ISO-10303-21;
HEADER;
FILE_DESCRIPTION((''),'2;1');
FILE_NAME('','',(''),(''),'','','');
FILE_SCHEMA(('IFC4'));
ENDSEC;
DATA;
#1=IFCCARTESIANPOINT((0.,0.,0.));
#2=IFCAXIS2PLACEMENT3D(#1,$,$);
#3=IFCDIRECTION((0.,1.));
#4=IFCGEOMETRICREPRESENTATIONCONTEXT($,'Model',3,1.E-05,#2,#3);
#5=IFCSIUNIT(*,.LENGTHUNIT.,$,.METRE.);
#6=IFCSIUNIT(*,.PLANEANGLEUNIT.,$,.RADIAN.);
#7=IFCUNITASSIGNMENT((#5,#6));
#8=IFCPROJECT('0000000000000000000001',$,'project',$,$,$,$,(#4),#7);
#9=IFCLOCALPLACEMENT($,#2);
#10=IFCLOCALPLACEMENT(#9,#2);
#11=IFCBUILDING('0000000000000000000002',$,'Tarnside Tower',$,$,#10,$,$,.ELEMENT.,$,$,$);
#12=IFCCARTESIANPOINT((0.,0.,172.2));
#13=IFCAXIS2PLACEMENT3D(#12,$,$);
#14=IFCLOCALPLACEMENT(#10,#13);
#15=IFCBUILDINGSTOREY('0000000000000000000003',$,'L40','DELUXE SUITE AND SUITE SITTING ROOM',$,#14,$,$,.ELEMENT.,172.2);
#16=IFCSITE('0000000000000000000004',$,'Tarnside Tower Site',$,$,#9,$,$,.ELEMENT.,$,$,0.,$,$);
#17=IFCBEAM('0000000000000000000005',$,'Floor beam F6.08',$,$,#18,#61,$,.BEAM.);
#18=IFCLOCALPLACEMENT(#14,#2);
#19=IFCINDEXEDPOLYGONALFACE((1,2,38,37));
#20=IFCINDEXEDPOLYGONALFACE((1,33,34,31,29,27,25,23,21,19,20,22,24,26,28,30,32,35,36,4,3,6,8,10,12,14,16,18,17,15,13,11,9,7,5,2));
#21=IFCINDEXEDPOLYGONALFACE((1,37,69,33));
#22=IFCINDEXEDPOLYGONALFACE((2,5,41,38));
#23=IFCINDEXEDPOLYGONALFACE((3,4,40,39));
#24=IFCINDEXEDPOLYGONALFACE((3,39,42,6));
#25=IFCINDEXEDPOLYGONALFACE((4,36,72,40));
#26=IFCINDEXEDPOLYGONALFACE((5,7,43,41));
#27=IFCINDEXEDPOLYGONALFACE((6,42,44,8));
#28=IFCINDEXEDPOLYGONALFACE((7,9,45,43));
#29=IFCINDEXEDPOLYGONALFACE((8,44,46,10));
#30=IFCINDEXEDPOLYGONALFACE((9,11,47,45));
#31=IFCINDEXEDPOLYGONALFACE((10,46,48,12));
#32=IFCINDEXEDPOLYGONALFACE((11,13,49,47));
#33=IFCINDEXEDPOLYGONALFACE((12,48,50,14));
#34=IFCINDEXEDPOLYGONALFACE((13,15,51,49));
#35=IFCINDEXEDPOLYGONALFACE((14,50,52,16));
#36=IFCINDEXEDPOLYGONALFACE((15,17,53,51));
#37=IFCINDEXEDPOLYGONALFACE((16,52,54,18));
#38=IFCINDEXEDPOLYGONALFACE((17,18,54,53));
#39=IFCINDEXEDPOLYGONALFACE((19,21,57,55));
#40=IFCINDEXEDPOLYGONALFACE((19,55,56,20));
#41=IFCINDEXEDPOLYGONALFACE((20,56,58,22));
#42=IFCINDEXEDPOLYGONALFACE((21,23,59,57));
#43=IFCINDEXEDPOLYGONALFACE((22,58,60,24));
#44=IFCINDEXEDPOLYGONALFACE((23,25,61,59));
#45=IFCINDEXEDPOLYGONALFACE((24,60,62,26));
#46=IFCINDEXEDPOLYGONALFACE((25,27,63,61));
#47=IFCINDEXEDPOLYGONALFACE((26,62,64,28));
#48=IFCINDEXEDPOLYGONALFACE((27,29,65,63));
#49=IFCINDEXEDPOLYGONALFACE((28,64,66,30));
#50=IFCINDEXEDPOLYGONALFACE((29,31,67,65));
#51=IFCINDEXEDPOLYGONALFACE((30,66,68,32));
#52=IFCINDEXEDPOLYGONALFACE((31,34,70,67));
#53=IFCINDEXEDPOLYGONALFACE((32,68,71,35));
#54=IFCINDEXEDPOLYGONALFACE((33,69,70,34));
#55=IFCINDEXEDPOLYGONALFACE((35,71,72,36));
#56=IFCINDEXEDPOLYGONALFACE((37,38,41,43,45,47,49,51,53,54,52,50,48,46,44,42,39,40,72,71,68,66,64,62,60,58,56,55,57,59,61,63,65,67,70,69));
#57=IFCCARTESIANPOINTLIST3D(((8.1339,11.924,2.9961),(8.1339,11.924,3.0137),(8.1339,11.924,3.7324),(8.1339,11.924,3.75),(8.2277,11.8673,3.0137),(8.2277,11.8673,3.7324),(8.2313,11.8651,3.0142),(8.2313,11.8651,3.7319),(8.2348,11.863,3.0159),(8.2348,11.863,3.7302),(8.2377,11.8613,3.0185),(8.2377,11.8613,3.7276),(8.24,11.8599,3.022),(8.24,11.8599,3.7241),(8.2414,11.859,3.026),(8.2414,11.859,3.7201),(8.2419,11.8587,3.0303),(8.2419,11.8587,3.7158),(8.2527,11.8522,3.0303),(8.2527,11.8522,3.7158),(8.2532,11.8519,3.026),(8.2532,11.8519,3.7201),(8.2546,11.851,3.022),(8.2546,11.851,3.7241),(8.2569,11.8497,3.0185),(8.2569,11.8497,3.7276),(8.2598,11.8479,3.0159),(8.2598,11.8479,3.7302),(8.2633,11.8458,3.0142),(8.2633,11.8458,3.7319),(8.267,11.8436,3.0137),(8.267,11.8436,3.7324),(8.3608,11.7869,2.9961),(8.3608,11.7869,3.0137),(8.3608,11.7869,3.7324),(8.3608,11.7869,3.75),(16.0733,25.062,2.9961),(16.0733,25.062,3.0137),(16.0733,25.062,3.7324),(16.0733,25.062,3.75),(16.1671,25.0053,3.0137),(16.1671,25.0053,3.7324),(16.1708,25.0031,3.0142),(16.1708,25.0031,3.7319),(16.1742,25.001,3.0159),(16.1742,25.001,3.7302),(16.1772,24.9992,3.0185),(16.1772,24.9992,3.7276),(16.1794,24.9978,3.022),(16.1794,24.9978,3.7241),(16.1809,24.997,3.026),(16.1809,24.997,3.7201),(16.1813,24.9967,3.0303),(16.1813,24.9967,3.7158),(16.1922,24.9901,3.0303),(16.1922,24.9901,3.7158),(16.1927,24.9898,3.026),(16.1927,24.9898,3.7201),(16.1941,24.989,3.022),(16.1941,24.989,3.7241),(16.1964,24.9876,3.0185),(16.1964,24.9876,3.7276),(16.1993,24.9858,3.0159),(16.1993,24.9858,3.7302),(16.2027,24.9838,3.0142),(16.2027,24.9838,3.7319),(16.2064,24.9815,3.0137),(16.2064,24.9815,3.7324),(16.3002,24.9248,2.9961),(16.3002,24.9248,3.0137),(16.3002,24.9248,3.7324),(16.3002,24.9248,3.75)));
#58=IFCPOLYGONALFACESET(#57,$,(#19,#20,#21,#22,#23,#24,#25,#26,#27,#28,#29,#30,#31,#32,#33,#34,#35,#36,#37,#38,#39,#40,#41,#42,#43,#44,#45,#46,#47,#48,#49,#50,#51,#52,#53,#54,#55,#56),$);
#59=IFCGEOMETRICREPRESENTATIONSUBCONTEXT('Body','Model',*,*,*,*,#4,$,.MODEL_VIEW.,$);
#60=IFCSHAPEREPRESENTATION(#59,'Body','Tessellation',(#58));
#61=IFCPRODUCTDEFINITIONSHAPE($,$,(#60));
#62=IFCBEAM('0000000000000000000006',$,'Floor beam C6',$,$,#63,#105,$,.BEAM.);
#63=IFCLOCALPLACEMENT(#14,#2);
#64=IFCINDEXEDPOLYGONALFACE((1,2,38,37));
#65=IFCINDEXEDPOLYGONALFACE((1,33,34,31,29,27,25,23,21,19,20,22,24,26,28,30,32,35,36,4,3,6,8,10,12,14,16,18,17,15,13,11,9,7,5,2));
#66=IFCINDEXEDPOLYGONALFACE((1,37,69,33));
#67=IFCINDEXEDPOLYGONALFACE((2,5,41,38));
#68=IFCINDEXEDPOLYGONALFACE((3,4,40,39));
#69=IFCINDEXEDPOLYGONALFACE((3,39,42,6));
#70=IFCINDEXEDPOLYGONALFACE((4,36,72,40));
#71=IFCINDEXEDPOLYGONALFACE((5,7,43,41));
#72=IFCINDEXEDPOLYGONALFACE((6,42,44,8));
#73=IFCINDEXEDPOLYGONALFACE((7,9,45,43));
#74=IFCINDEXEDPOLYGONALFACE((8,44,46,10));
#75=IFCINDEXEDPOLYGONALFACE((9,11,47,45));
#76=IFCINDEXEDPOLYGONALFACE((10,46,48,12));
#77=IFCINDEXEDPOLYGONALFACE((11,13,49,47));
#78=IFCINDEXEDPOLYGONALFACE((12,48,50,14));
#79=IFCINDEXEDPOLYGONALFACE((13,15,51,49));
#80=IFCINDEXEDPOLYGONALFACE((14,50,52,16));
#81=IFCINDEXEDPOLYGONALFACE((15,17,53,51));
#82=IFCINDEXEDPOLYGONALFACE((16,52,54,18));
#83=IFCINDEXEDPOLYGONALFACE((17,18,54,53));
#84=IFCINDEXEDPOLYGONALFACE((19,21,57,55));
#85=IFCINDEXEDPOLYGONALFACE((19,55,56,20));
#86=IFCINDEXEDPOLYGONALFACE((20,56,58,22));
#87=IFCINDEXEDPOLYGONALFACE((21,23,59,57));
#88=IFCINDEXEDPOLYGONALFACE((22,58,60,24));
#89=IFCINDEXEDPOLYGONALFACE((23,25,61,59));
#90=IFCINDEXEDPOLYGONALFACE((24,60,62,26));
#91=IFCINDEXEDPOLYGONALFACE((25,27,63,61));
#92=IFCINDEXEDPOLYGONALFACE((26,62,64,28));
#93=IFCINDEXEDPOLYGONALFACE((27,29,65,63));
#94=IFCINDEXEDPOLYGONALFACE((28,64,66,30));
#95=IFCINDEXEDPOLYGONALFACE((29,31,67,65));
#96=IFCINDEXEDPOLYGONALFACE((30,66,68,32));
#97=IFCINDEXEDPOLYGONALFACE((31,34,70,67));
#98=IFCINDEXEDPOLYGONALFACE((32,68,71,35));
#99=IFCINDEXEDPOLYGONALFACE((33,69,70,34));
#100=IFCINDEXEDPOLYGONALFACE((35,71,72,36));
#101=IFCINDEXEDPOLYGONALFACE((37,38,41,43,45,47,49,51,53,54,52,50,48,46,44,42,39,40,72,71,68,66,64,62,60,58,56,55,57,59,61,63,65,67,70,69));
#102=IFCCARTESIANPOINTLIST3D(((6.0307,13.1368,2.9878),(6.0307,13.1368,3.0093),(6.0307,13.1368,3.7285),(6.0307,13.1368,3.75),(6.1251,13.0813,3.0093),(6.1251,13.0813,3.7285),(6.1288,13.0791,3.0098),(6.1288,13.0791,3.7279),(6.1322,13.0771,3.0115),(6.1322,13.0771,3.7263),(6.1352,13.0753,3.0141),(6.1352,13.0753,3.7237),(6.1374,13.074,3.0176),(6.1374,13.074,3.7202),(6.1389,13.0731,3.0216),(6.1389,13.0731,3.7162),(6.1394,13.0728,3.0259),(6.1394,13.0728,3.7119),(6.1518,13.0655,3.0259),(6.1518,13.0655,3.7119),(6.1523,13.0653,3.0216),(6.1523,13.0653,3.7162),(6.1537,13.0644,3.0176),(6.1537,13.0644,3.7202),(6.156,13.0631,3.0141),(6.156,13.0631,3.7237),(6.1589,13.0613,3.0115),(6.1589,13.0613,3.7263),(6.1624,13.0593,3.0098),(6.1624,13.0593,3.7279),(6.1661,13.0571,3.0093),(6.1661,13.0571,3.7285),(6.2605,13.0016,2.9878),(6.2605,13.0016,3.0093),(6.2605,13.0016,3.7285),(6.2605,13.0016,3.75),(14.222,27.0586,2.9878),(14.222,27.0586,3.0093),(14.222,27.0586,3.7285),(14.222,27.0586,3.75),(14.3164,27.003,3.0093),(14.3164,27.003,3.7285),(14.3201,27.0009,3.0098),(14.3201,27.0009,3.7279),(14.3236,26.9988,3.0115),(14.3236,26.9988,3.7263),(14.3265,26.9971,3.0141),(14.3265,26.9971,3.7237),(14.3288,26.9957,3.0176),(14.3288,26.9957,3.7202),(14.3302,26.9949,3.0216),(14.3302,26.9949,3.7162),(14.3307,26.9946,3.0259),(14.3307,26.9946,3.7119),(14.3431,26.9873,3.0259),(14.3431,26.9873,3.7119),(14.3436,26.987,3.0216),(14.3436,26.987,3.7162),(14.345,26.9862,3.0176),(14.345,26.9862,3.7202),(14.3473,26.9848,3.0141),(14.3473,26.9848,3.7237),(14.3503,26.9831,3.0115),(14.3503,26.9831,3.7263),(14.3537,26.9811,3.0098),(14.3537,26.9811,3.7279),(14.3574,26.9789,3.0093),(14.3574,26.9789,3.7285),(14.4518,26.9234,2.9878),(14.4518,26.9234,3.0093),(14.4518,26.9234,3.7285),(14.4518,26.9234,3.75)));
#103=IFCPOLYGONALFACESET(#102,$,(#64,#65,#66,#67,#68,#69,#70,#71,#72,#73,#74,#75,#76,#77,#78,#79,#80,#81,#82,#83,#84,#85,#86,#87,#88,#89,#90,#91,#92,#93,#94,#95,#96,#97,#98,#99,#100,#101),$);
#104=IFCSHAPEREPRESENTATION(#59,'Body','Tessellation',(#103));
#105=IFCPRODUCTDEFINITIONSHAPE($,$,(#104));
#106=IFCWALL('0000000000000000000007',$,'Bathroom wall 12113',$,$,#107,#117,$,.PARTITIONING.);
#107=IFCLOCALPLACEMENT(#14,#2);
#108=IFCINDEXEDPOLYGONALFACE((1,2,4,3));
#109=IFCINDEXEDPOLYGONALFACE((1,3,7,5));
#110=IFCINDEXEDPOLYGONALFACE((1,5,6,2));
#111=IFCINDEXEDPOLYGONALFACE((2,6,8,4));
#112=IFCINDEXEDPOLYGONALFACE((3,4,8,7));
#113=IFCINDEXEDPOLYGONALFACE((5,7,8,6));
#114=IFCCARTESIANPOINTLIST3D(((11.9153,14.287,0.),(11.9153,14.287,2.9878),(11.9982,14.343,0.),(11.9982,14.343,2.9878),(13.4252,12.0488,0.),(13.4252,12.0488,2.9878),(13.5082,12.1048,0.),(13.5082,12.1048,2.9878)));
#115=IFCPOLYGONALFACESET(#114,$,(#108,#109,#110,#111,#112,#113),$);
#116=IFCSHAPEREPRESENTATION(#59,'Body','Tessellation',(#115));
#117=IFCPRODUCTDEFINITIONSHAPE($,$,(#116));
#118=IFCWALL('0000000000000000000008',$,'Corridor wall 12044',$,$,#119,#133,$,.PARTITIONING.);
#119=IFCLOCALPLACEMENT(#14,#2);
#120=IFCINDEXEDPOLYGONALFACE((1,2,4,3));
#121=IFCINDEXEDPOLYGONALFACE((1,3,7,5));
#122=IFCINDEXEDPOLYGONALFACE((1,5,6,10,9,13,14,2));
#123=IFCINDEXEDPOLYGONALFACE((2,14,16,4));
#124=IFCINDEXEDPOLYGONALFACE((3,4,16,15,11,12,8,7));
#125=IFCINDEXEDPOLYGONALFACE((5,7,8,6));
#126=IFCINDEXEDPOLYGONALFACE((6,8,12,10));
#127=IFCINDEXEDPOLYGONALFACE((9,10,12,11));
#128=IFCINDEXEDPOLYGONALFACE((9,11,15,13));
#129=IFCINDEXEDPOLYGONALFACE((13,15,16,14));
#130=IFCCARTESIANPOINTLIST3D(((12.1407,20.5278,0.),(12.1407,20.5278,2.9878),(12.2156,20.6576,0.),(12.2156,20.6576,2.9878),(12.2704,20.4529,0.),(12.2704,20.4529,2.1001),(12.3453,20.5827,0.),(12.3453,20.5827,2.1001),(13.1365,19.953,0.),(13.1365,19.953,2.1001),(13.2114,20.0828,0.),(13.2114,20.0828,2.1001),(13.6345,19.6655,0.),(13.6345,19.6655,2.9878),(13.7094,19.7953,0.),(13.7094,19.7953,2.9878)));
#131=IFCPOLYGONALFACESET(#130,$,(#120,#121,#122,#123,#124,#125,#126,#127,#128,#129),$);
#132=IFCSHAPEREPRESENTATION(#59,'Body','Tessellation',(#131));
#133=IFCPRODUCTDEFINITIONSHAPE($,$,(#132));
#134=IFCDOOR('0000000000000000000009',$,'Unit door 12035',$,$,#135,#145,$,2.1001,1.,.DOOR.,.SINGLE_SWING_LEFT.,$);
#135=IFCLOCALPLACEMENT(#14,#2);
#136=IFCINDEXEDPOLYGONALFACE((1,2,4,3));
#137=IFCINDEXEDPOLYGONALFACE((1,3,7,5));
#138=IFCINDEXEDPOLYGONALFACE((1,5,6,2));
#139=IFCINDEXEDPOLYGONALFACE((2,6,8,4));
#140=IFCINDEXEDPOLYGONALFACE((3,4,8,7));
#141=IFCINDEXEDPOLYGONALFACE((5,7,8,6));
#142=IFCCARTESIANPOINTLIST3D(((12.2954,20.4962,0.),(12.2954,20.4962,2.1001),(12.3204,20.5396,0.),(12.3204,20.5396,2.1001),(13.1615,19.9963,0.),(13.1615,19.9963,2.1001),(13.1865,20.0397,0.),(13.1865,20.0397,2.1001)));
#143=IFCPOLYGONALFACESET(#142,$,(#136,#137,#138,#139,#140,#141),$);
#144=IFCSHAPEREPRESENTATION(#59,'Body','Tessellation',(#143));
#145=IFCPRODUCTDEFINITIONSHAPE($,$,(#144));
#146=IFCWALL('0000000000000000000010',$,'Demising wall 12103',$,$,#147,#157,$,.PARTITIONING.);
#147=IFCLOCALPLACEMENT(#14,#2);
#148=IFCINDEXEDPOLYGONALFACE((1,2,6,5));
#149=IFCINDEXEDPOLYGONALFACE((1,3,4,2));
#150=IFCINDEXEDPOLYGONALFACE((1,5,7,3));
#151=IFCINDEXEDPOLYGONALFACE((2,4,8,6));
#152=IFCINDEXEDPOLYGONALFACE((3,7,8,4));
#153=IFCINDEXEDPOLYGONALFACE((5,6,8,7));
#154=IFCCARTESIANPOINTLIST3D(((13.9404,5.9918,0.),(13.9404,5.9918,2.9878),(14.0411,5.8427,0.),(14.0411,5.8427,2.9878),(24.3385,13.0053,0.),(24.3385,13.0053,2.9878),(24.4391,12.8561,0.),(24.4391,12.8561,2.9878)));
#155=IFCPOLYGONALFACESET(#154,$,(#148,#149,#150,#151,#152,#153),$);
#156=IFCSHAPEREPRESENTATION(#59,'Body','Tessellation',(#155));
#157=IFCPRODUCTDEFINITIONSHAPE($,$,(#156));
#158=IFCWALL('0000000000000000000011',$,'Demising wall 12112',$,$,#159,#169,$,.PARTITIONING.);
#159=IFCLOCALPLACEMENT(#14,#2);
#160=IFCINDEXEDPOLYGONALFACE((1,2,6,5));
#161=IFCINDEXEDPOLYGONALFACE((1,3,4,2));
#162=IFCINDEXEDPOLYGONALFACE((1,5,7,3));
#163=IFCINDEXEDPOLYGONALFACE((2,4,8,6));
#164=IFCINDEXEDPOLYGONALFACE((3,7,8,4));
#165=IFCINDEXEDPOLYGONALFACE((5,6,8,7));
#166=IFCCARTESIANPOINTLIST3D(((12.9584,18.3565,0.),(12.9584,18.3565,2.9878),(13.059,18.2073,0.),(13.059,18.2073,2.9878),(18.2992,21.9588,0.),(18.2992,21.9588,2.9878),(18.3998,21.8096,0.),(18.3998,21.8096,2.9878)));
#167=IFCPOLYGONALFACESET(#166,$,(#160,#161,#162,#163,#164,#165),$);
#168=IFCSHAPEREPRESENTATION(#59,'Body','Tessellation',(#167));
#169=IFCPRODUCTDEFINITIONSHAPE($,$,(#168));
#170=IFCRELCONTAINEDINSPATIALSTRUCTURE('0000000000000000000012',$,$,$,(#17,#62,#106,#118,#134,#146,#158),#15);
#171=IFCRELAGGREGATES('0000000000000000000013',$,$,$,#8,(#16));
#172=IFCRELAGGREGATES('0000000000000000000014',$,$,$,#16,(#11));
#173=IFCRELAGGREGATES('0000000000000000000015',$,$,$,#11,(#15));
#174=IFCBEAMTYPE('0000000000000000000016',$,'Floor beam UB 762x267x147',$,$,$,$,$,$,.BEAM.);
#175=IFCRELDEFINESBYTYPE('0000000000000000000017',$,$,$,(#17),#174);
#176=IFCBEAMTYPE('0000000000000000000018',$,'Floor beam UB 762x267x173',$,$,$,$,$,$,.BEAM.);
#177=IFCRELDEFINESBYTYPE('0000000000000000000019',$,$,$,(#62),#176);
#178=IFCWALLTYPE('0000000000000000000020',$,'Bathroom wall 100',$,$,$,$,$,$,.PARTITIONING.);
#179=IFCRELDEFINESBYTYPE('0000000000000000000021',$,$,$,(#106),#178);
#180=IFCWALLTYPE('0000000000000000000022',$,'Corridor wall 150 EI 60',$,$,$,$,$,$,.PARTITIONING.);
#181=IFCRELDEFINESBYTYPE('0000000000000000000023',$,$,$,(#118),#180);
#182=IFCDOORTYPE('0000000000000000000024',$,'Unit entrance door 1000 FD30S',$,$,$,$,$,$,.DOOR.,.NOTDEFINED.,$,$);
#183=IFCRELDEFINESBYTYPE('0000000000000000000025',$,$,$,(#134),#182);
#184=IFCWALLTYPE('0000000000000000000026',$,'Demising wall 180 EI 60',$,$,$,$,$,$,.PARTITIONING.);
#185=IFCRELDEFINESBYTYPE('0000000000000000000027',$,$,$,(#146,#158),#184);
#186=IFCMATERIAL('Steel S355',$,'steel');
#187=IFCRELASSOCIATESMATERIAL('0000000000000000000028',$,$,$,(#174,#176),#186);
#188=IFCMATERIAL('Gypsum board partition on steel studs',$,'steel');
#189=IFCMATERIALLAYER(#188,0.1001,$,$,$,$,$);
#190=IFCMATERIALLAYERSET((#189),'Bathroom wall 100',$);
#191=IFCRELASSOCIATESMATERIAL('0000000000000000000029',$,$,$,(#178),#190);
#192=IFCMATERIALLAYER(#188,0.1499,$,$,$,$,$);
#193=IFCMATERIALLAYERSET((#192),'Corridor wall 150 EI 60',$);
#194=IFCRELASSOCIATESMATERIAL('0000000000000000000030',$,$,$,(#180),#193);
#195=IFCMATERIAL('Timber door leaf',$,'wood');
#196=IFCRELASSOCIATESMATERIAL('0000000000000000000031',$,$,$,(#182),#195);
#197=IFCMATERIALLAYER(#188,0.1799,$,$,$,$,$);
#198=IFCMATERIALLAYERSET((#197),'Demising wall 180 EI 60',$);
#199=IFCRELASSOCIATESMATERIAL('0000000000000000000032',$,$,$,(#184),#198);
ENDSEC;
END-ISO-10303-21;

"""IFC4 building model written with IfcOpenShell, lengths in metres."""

from ifc_helpers import new_model, si_unit, direction, frame, frame_2d, origin, origin_2d, place, context, subcontext, project, spatial, rectangle, i_section, extrude, material, layer, layer_set, material_profile, profile_set, type_object, element, fill, save


model = new_model("IFC4")

# Units and contexts
model_context = context("Model", 3, precision=1e-05, world=origin(), true_north=direction((0.0, 1.0)))
body_context = subcontext(model_context, "Body", "Model", "MODEL_VIEW")
ifc_project = project(units=[si_unit("LENGTHUNIT", "METRE"), si_unit("PLANEANGLEUNIT", "RADIAN")], contexts=[model_context])

# Site, building, storey
site_placement = place(None, origin())
site = spatial("IfcSite", under=ifc_project, at=site_placement, Name="Tarnside Tower Site", CompositionType="ELEMENT", RefElevation=0.0)
building_placement = place(site_placement, origin())
building = spatial("IfcBuilding", under=site, at=building_placement, Name="Tarnside Tower", CompositionType="ELEMENT")
storey_placement = place(building_placement, frame((0.0, 0.0, 172.2)))
storey = spatial("IfcBuildingStorey", under=building, at=storey_placement, Name="L40", Description="DELUXE SUITE AND SUITE SITTING ROOM", CompositionType="ELEMENT", Elevation=172.2)

# Beams
ifc_material_1 = material(Name="Steel S355", Category="steel")
ifc_material_profile_1 = material_profile(ifc_material_1, i_section(OverallWidth=0.2651, OverallDepth=0.7539, WebThickness=0.0127, FlangeThickness=0.0176, FilletRadius=0.0166, at=origin_2d()), Name="UB 762x267x147")
ifc_profile_set_1 = profile_set([ifc_material_profile_1], Name="Steel S355")
beam_type_1 = type_object("IfcBeamType", Name="Floor beam UB 762x267x147", PredefinedType="BEAM", material=ifc_profile_set_1)
beam_1_placement = place(storey_placement, frame((16.1868, 24.9934, 3.373), z_axis=(-0.517209, -0.855859, 0.0), x_axis=(0.855859, -0.517209, 0.0)))
element("IfcBeam", 1, at=beam_1_placement, inside=storey, type_object=beam_type_1, Name="Floor beam F6.08", PredefinedType="BEAM", context=body_context, shape_type="SweptSolid", body=[
    extrude(i_section(OverallWidth=0.2651, OverallDepth=0.7539, WebThickness=0.0127, FlangeThickness=0.0176, FilletRadius=0.0166, at=origin_2d()), origin(), (0.0, 0.0, 1.0), 15.3506),
])
ifc_material_profile_2 = material_profile(ifc_material_1, i_section(OverallWidth=0.2666, OverallDepth=0.7622, WebThickness=0.0144, FlangeThickness=0.0215, FilletRadius=0.0166, at=origin_2d()), Name="UB 762x267x173")
ifc_profile_set_2 = profile_set([ifc_material_profile_2], Name="Steel S355")
beam_type_2 = type_object("IfcBeamType", Name="Floor beam UB 762x267x173", PredefinedType="BEAM", material=ifc_profile_set_2)
beam_2_placement = place(storey_placement, frame((14.3369, 26.991, 3.3689), z_axis=(-0.507115, -0.861878, 0.0), x_axis=(0.861878, -0.507115, 0.0)))
element("IfcBeam", 2, at=beam_2_placement, inside=storey, type_object=beam_type_2, Name="Floor beam C6", PredefinedType="BEAM", context=body_context, shape_type="SweptSolid", body=[
    extrude(i_section(OverallWidth=0.2666, OverallDepth=0.7622, WebThickness=0.0144, FlangeThickness=0.0215, FilletRadius=0.0166, at=origin_2d()), origin(), (0.0, 0.0, 1.0), 16.1528),
])

# Wall
ifc_material_2 = material(Name="Gypsum board partition on steel studs", Category="steel")
ifc_layer_1 = layer(ifc_material_2, 0.1001)
ifc_layer_set_1 = layer_set([ifc_layer_1], Name="Bathroom wall 100")
wall_type_1 = type_object("IfcWallType", Name="Bathroom wall 100", PredefinedType="PARTITIONING", material=ifc_layer_set_1)
wall_1_placement = place(storey_placement, frame((13.4668, 12.0767, 0.0), z_axis=(0.0, 0.0, 1.0), x_axis=(-0.559262, 0.828991, 0.0)))
element("IfcWall", 3, at=wall_1_placement, inside=storey, type_object=wall_type_1, Name="Bathroom wall 12113", PredefinedType="PARTITIONING", context=body_context, shape_type="SweptSolid", body=[
    extrude(rectangle(XDim=2.7, YDim=0.1001, at=frame_2d((1.3501, 0.0))), origin(), (0.0, 0.0, 1.0), 2.9878),
])

# Wall, opening, door
ifc_layer_2 = layer(ifc_material_2, 0.1499)
ifc_layer_set_2 = layer_set([ifc_layer_2], Name="Corridor wall 150 EI 60")
wall_type_2 = type_object("IfcWallType", Name="Corridor wall 150 EI 60", PredefinedType="PARTITIONING", material=ifc_layer_set_2)
wall_2_placement = place(storey_placement, frame((13.6719, 19.7305, 0.0), z_axis=(0.0, 0.0, 1.0), x_axis=(-0.866075, 0.499914, 0.0)))
wall_2 = element("IfcWall", 4, at=wall_2_placement, inside=storey, type_object=wall_type_2, Name="Corridor wall 12044", PredefinedType="PARTITIONING", context=body_context, shape_type="SweptSolid", body=[
    extrude(rectangle(XDim=1.7249, YDim=0.1499, at=frame_2d((0.8623, 0.0))), origin(), (0.0, 0.0, 1.0), 2.9878),
])
opening_1_placement = place(wall_2_placement, frame((0.575, 0.0, 0.0)))
opening_1 = element("IfcOpeningElement", 5, at=opening_1_placement, cuts=wall_2, PredefinedType="OPENING", context=body_context, shape_type="SweptSolid", body=[
    extrude(rectangle(XDim=1.0, YDim=2.1001, at=frame_2d((0.5, 1.05))), frame((0.0, 0.085, 0.0), z_axis=(0.0, -1.0, 0.0), x_axis=(1.0, 0.0, 0.0)), (0.0, 0.0, 1.0), 0.1699),
])
ifc_material_3 = material(Name="Timber door leaf", Category="wood")
door_type_1 = type_object("IfcDoorType", Name="Unit entrance door 1000 FD30S", OperationType="NOTDEFINED", PredefinedType="DOOR", material=ifc_material_3)
door_1_placement = place(opening_1_placement, origin())
door_1 = element("IfcDoor", 6, at=door_1_placement, inside=storey, type_object=door_type_1, Name="Unit door 12035", OperationType="SINGLE_SWING_LEFT", OverallHeight=2.1001, OverallWidth=1.0, PredefinedType="DOOR", context=body_context, shape_type="SweptSolid", body=[
    extrude(rectangle(XDim=1.0, YDim=2.1001, at=frame_2d((0.5, 1.05))), frame((0.0, 0.0249, 0.0), z_axis=(0.0, -1.0, 0.0), x_axis=(1.0, 0.0, 0.0)), (0.0, 0.0, 1.0), 0.05),
])
fill(opening_1, door_1)

# Walls
ifc_layer_3 = layer(ifc_material_2, 0.1799)
ifc_layer_set_3 = layer_set([ifc_layer_3], Name="Demising wall 180 EI 60")
wall_type_3 = type_object("IfcWallType", Name="Demising wall 180 EI 60", PredefinedType="PARTITIONING", material=ifc_layer_set_3)
wall_3_placement = place(storey_placement, frame((24.3887, 12.9307, 0.0), z_axis=(0.0, 0.0, 1.0), x_axis=(-0.82904, -0.559189, 0.0)))
element("IfcWall", 7, at=wall_3_placement, inside=storey, type_object=wall_type_3, Name="Demising wall 12103", PredefinedType="PARTITIONING", context=body_context, shape_type="SweptSolid", body=[
    extrude(rectangle(XDim=12.5422, YDim=0.1799, at=frame_2d((6.271, 0.0))), origin(), (0.0, 0.0, 1.0), 2.9878),
])
wall_4_placement = place(storey_placement, frame((18.3496, 21.8843, 0.0), z_axis=(0.0, 0.0, 1.0), x_axis=(-0.829047, -0.559179, 0.0)))
element("IfcWall", 8, at=wall_4_placement, inside=storey, type_object=wall_type_3, Name="Demising wall 12112", PredefinedType="PARTITIONING", context=body_context, shape_type="SweptSolid", body=[
    extrude(rectangle(XDim=6.4421, YDim=0.1799, at=frame_2d((3.2212, 0.0))), origin(), (0.0, 0.0, 1.0), 2.9878),
])

save(model, "model.ifc")
